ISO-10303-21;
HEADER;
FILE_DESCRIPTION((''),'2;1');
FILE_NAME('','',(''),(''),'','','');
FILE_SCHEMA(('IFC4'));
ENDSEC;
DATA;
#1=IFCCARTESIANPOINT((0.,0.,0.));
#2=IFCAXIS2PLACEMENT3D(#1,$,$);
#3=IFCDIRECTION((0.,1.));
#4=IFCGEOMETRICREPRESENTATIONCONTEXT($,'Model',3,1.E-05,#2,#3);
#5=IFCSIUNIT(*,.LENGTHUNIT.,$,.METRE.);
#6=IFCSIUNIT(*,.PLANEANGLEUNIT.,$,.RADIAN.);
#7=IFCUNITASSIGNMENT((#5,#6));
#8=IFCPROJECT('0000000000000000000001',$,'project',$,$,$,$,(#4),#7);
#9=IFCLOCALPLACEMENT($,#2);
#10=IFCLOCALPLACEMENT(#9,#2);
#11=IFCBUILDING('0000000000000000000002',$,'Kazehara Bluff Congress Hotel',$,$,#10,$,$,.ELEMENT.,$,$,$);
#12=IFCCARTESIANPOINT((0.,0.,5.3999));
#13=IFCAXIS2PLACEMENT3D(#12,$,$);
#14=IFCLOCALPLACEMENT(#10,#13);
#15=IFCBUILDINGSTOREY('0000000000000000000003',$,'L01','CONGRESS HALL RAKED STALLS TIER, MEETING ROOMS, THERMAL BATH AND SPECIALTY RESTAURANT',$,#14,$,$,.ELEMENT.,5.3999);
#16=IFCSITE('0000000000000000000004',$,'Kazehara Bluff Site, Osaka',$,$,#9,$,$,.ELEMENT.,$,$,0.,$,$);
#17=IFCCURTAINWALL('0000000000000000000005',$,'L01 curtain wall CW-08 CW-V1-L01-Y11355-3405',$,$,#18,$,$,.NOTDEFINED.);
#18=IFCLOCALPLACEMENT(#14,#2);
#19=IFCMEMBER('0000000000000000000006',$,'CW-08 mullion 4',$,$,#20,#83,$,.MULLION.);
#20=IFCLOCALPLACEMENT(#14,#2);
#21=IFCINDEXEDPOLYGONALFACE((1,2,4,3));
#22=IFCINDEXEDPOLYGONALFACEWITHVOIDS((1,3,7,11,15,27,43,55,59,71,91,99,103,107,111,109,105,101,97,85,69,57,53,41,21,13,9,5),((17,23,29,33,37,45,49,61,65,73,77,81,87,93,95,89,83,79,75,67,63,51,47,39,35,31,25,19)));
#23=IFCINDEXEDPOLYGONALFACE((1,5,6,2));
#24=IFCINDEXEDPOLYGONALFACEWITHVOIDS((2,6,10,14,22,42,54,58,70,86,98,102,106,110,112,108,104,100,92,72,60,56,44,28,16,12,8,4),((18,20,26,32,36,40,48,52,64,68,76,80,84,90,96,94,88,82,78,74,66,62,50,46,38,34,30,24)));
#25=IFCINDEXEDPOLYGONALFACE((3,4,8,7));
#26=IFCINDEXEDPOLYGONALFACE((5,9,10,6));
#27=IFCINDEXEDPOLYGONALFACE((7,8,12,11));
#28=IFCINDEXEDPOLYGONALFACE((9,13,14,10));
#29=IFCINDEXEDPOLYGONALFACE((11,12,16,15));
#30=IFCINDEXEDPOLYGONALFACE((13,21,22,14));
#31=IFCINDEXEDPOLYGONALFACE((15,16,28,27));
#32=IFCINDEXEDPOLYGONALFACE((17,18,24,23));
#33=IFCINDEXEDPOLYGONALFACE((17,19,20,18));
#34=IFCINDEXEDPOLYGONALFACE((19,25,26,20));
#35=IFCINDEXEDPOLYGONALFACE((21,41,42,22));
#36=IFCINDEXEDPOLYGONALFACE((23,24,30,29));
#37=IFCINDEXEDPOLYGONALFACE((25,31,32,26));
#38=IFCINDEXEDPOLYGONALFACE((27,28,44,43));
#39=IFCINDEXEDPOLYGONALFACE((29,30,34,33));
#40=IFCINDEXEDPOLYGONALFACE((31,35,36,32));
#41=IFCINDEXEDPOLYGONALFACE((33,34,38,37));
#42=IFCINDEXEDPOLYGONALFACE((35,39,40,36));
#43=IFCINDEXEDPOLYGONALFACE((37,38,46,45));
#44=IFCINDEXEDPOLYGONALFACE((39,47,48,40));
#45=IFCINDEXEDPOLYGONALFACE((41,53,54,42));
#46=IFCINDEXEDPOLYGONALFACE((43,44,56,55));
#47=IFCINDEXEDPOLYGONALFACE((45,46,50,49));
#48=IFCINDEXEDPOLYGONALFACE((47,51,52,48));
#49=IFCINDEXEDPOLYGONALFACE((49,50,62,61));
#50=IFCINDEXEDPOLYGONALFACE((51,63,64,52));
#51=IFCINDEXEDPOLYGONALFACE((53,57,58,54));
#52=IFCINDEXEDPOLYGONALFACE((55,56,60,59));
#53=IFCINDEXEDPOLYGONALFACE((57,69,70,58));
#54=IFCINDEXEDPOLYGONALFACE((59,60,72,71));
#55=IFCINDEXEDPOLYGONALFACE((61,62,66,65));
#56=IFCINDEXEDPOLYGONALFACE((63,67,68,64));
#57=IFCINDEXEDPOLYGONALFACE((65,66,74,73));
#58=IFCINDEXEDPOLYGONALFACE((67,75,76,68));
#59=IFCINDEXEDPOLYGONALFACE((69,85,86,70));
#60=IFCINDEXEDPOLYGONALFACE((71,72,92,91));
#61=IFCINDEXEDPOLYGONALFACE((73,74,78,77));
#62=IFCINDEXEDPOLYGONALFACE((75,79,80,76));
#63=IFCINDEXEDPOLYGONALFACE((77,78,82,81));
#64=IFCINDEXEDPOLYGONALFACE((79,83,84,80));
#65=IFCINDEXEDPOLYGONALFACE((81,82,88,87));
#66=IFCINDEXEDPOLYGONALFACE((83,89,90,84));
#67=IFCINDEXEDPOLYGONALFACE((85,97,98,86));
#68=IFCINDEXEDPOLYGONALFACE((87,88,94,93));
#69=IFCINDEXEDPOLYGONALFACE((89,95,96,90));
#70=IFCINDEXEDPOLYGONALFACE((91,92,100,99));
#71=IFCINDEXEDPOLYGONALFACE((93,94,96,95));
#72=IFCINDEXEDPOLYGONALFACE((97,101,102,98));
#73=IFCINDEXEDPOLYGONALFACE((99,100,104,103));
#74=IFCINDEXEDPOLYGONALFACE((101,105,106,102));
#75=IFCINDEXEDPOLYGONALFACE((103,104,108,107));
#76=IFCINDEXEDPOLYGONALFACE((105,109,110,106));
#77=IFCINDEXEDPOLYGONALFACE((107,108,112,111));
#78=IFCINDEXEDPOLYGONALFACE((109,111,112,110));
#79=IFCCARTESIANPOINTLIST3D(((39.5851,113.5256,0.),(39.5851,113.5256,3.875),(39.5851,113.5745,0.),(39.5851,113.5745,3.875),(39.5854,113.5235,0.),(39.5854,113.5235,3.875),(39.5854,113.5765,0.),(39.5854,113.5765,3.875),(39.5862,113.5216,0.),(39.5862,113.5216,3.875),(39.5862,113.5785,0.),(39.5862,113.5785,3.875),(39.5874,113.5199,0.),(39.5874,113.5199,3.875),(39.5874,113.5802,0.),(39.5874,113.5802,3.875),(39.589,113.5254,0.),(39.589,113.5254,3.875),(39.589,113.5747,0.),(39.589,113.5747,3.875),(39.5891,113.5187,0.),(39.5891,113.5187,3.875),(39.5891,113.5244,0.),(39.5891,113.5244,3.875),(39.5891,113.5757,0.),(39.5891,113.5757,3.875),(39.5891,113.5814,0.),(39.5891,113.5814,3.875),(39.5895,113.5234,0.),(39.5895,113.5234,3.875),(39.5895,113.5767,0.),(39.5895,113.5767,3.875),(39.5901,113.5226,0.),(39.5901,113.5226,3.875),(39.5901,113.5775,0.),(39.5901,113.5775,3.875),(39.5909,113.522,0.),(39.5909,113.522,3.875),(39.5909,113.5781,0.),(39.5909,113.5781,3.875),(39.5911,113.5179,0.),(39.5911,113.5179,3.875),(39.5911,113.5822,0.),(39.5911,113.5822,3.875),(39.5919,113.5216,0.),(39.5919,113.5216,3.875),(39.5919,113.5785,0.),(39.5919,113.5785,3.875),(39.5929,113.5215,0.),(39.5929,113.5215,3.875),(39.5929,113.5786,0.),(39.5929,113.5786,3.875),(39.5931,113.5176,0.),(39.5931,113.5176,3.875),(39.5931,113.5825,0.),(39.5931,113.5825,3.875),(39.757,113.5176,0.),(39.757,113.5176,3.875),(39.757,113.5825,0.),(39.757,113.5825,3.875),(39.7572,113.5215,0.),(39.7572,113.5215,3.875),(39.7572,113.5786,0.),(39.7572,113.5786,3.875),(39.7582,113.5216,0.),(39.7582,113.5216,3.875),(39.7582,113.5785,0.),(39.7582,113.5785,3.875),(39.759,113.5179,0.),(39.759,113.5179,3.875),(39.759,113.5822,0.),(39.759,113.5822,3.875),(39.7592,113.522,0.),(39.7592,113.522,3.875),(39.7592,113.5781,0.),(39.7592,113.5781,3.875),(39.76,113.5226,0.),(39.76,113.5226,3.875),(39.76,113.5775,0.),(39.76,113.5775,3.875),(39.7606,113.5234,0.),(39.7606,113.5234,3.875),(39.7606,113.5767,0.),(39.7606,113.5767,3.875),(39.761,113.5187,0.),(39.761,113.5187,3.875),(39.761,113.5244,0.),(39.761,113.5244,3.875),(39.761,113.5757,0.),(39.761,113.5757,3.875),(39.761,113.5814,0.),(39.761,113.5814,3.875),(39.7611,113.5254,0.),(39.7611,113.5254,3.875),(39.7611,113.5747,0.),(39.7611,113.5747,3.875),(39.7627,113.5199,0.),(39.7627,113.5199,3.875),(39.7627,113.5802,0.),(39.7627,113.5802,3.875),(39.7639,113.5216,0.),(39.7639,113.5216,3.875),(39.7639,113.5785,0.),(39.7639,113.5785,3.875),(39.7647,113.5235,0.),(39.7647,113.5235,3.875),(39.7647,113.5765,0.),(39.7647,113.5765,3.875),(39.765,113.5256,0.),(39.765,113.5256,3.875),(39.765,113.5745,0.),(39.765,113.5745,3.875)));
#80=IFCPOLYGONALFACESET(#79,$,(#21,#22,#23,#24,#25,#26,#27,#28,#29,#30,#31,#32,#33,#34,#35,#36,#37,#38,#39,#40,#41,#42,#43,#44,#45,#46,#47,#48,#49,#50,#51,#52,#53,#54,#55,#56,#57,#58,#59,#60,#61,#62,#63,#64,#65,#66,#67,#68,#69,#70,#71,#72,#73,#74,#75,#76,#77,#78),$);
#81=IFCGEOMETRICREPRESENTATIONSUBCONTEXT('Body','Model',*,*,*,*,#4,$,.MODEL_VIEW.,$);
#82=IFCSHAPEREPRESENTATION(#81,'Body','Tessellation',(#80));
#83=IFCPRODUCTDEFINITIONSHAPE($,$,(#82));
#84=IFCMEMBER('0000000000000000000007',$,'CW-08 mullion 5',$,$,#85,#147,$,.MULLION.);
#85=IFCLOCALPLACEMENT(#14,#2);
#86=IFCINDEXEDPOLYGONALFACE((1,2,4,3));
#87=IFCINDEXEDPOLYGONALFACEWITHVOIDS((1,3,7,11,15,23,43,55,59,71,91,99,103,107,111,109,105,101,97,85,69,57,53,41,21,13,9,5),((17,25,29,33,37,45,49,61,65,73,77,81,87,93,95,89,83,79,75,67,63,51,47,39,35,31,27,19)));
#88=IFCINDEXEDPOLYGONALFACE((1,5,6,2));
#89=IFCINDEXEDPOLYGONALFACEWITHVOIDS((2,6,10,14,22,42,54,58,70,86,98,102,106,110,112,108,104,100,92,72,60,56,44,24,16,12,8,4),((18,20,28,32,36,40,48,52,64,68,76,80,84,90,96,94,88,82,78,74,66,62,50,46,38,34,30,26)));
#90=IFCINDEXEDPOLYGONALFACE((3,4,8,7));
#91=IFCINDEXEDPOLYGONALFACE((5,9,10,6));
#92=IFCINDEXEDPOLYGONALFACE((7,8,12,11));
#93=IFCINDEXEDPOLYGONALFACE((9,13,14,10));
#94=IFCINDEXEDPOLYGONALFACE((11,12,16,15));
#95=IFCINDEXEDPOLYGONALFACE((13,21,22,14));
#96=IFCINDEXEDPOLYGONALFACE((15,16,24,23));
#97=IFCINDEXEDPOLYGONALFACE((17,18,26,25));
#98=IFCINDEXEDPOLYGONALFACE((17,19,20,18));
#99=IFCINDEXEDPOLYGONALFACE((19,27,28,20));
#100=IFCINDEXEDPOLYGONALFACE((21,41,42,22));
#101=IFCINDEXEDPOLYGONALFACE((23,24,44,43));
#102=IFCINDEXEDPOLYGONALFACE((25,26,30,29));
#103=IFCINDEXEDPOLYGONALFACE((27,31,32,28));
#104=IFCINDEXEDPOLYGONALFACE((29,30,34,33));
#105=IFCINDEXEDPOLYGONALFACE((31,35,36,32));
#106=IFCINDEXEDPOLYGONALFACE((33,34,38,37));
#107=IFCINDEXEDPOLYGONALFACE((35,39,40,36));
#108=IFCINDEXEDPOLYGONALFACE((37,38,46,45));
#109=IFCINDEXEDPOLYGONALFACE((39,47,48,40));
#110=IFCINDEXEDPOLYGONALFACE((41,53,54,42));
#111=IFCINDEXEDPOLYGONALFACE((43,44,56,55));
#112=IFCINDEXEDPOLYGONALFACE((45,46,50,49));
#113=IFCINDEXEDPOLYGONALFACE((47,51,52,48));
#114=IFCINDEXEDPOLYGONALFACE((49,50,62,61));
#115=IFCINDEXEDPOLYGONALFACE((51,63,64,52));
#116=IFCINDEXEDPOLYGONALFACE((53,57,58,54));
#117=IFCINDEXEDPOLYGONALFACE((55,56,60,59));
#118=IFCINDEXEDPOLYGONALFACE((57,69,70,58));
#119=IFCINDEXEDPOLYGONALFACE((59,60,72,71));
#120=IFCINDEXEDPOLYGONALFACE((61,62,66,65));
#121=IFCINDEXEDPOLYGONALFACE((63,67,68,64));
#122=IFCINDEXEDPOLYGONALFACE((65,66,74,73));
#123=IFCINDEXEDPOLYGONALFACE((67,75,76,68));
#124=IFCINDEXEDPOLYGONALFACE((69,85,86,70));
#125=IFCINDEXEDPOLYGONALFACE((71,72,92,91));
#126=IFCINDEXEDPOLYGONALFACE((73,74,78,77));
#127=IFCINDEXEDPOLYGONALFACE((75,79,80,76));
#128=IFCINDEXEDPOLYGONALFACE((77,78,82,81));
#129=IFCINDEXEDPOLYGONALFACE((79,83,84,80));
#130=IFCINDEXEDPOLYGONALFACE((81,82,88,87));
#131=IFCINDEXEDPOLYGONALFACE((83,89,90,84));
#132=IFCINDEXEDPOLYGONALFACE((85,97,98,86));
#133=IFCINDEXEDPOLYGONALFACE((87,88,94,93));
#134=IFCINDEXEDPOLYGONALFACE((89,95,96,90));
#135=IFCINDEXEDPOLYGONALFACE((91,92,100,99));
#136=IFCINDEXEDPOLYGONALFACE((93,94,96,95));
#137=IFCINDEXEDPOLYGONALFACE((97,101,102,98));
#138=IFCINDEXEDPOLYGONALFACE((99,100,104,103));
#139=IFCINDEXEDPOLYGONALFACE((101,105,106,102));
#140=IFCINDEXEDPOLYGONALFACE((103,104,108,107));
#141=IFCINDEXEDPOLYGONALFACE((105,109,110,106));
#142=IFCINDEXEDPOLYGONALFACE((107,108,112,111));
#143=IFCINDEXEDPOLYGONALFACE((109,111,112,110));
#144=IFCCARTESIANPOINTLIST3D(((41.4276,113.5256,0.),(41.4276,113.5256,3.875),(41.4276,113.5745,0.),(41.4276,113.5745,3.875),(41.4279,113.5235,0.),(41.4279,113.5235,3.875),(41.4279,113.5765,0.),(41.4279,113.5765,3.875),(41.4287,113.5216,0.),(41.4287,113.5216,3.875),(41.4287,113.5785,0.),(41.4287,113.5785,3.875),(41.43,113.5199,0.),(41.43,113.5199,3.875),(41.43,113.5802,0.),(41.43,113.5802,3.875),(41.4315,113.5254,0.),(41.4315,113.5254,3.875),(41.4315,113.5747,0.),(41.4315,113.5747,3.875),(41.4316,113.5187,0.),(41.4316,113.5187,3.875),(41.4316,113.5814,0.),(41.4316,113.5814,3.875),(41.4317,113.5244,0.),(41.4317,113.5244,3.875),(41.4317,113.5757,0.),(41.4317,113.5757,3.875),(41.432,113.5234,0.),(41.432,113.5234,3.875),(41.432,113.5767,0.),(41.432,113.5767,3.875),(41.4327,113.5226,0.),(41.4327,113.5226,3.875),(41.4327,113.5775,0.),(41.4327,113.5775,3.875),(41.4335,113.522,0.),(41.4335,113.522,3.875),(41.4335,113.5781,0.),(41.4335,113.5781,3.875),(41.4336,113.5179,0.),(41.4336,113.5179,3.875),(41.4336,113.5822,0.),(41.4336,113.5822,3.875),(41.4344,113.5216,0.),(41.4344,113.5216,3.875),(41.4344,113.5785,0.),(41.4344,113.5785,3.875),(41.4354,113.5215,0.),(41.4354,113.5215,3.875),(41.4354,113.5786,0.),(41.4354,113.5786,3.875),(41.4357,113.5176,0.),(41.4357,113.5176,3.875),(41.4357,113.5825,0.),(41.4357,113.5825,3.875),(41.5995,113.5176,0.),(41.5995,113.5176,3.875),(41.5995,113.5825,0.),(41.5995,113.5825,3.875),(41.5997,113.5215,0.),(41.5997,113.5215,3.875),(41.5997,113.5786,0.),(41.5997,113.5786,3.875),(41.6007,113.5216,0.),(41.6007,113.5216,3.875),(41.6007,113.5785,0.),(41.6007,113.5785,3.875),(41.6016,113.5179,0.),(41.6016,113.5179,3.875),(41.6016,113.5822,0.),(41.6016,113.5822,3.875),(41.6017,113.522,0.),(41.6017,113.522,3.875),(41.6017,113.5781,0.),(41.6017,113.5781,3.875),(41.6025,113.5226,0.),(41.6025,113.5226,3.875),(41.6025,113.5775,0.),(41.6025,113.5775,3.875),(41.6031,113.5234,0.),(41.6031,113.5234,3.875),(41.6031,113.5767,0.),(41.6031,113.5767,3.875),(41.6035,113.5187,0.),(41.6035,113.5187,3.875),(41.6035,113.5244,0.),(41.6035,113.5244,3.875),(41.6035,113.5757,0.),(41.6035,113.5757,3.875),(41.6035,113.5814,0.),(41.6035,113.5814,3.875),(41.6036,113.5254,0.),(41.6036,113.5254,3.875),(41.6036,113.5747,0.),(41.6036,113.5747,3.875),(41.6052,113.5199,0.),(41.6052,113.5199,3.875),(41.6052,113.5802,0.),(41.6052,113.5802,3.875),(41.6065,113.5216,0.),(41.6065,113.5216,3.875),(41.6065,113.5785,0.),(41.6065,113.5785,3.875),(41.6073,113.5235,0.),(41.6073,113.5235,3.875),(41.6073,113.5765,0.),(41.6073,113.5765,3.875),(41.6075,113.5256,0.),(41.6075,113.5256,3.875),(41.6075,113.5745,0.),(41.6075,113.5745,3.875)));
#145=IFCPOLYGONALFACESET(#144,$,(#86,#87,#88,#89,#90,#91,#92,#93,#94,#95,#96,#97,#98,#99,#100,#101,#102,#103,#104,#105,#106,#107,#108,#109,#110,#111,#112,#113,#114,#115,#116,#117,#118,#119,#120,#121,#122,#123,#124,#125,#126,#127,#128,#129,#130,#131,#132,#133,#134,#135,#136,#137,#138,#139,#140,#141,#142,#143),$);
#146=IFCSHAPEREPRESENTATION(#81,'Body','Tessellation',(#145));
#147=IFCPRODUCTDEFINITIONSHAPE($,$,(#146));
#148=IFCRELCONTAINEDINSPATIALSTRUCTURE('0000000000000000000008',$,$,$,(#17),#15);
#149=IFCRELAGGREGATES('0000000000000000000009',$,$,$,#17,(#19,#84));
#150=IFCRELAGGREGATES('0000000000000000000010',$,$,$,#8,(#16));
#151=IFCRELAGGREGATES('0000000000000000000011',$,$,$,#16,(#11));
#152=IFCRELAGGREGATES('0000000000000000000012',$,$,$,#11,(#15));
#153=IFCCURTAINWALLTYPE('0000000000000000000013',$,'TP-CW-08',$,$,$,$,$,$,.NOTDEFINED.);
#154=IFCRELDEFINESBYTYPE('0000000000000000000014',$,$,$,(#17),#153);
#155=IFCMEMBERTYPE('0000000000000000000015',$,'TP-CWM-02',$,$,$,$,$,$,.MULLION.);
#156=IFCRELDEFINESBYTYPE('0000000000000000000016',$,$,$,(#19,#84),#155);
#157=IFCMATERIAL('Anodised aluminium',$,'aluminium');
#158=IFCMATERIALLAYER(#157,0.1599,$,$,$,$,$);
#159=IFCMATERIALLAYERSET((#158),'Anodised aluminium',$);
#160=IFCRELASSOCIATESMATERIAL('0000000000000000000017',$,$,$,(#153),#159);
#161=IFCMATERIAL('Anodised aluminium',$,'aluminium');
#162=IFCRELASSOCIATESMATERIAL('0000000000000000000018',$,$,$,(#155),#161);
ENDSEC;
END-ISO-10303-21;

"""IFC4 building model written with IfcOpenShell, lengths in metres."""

from ifc_helpers import new_model, si_unit, direction, frame, origin, origin_2d, place, context, subcontext, project, spatial, hollow_rectangle, extrude, material, layer, layer_set, material_profile, profile_set, type_object, element, aggregate, save


model = new_model("IFC4")

# Units and contexts
model_context = context("Model", 3, precision=1e-05, world=origin(), true_north=direction((0.0, 1.0)))
body_context = subcontext(model_context, "Body", "Model", "MODEL_VIEW")
ifc_project = project(units=[si_unit("LENGTHUNIT", "METRE"), si_unit("PLANEANGLEUNIT", "RADIAN")], contexts=[model_context])

# Site, building, storey
site_placement = place(None, origin())
site = spatial("IfcSite", under=ifc_project, at=site_placement, Name="Kazehara Bluff Site, Osaka", CompositionType="ELEMENT", RefElevation=0.0)
building_placement = place(site_placement, origin())
building = spatial("IfcBuilding", under=site, at=building_placement, Name="Kazehara Bluff Congress Hotel", CompositionType="ELEMENT")
storey_placement = place(building_placement, frame((0.0, 0.0, 5.3999)))
storey = spatial("IfcBuildingStorey", under=building, at=storey_placement, Name="L01", Description="CONGRESS HALL RAKED STALLS TIER, MEETING ROOMS, THERMAL BATH AND SPECIALTY RESTAURANT", CompositionType="ELEMENT", Elevation=5.3999)

# Curtain wall, members
ifc_material_1 = material(Name="Anodised aluminium", Category="aluminium")
ifc_layer_1 = layer(ifc_material_1, 0.1599)
ifc_layer_set_1 = layer_set([ifc_layer_1], Name="Anodised aluminium")
curtain_wall_type_1 = type_object("IfcCurtainWallType", Name="TP-CW-08", PredefinedType="NOTDEFINED", material=ifc_layer_set_1)
curtain_wall_1_placement = place(storey_placement, origin())
curtain_wall_1 = element("IfcCurtainWall", 1, at=curtain_wall_1_placement, inside=storey, type_object=curtain_wall_type_1, Name="L01 curtain wall CW-08 CW-V1-L01-Y11355-3405", PredefinedType="NOTDEFINED")
ifc_material_2 = material(Name="Anodised aluminium", Category="aluminium")
ifc_material_profile_1 = material_profile(ifc_material_2, hollow_rectangle(XDim=0.0649, YDim=0.1799, WallThickness=0.0039, InnerFilletRadius=0.0039, OuterFilletRadius=0.0081, at=origin_2d()))
ifc_profile_set_1 = profile_set([ifc_material_profile_1], Name="Anodised aluminium")
member_type_1 = type_object("IfcMemberType", Name="TP-CWM-02", PredefinedType="MULLION", material=ifc_profile_set_1)
member_1_placement = place(storey_placement, frame((39.675, 113.55, 0.0), z_axis=(0.0, 0.0, 1.0), x_axis=(0.0, 1.0, 0.0)))
member_1 = element("IfcMember", 2, at=member_1_placement, type_object=member_type_1, Name="CW-08 mullion 4", PredefinedType="MULLION", context=body_context, shape_type="SweptSolid", body=[
    extrude(hollow_rectangle(XDim=0.0649, YDim=0.1799, WallThickness=0.0039, InnerFilletRadius=0.0039, OuterFilletRadius=0.0081, at=origin_2d()), origin(), (0.0, 0.0, 1.0), 3.875),
])
member_2_placement = place(storey_placement, frame((41.5176, 113.55, 0.0), z_axis=(0.0, 0.0, 1.0), x_axis=(0.0, 1.0, 0.0)))
member_2 = element("IfcMember", 3, at=member_2_placement, type_object=member_type_1, Name="CW-08 mullion 5", PredefinedType="MULLION", context=body_context, shape_type="SweptSolid", body=[
    extrude(hollow_rectangle(XDim=0.0649, YDim=0.1799, WallThickness=0.0039, InnerFilletRadius=0.0039, OuterFilletRadius=0.0081, at=origin_2d()), origin(), (0.0, 0.0, 1.0), 3.875),
])

aggregate(curtain_wall_1, [member_1, member_2])

save(model, "model.ifc")
